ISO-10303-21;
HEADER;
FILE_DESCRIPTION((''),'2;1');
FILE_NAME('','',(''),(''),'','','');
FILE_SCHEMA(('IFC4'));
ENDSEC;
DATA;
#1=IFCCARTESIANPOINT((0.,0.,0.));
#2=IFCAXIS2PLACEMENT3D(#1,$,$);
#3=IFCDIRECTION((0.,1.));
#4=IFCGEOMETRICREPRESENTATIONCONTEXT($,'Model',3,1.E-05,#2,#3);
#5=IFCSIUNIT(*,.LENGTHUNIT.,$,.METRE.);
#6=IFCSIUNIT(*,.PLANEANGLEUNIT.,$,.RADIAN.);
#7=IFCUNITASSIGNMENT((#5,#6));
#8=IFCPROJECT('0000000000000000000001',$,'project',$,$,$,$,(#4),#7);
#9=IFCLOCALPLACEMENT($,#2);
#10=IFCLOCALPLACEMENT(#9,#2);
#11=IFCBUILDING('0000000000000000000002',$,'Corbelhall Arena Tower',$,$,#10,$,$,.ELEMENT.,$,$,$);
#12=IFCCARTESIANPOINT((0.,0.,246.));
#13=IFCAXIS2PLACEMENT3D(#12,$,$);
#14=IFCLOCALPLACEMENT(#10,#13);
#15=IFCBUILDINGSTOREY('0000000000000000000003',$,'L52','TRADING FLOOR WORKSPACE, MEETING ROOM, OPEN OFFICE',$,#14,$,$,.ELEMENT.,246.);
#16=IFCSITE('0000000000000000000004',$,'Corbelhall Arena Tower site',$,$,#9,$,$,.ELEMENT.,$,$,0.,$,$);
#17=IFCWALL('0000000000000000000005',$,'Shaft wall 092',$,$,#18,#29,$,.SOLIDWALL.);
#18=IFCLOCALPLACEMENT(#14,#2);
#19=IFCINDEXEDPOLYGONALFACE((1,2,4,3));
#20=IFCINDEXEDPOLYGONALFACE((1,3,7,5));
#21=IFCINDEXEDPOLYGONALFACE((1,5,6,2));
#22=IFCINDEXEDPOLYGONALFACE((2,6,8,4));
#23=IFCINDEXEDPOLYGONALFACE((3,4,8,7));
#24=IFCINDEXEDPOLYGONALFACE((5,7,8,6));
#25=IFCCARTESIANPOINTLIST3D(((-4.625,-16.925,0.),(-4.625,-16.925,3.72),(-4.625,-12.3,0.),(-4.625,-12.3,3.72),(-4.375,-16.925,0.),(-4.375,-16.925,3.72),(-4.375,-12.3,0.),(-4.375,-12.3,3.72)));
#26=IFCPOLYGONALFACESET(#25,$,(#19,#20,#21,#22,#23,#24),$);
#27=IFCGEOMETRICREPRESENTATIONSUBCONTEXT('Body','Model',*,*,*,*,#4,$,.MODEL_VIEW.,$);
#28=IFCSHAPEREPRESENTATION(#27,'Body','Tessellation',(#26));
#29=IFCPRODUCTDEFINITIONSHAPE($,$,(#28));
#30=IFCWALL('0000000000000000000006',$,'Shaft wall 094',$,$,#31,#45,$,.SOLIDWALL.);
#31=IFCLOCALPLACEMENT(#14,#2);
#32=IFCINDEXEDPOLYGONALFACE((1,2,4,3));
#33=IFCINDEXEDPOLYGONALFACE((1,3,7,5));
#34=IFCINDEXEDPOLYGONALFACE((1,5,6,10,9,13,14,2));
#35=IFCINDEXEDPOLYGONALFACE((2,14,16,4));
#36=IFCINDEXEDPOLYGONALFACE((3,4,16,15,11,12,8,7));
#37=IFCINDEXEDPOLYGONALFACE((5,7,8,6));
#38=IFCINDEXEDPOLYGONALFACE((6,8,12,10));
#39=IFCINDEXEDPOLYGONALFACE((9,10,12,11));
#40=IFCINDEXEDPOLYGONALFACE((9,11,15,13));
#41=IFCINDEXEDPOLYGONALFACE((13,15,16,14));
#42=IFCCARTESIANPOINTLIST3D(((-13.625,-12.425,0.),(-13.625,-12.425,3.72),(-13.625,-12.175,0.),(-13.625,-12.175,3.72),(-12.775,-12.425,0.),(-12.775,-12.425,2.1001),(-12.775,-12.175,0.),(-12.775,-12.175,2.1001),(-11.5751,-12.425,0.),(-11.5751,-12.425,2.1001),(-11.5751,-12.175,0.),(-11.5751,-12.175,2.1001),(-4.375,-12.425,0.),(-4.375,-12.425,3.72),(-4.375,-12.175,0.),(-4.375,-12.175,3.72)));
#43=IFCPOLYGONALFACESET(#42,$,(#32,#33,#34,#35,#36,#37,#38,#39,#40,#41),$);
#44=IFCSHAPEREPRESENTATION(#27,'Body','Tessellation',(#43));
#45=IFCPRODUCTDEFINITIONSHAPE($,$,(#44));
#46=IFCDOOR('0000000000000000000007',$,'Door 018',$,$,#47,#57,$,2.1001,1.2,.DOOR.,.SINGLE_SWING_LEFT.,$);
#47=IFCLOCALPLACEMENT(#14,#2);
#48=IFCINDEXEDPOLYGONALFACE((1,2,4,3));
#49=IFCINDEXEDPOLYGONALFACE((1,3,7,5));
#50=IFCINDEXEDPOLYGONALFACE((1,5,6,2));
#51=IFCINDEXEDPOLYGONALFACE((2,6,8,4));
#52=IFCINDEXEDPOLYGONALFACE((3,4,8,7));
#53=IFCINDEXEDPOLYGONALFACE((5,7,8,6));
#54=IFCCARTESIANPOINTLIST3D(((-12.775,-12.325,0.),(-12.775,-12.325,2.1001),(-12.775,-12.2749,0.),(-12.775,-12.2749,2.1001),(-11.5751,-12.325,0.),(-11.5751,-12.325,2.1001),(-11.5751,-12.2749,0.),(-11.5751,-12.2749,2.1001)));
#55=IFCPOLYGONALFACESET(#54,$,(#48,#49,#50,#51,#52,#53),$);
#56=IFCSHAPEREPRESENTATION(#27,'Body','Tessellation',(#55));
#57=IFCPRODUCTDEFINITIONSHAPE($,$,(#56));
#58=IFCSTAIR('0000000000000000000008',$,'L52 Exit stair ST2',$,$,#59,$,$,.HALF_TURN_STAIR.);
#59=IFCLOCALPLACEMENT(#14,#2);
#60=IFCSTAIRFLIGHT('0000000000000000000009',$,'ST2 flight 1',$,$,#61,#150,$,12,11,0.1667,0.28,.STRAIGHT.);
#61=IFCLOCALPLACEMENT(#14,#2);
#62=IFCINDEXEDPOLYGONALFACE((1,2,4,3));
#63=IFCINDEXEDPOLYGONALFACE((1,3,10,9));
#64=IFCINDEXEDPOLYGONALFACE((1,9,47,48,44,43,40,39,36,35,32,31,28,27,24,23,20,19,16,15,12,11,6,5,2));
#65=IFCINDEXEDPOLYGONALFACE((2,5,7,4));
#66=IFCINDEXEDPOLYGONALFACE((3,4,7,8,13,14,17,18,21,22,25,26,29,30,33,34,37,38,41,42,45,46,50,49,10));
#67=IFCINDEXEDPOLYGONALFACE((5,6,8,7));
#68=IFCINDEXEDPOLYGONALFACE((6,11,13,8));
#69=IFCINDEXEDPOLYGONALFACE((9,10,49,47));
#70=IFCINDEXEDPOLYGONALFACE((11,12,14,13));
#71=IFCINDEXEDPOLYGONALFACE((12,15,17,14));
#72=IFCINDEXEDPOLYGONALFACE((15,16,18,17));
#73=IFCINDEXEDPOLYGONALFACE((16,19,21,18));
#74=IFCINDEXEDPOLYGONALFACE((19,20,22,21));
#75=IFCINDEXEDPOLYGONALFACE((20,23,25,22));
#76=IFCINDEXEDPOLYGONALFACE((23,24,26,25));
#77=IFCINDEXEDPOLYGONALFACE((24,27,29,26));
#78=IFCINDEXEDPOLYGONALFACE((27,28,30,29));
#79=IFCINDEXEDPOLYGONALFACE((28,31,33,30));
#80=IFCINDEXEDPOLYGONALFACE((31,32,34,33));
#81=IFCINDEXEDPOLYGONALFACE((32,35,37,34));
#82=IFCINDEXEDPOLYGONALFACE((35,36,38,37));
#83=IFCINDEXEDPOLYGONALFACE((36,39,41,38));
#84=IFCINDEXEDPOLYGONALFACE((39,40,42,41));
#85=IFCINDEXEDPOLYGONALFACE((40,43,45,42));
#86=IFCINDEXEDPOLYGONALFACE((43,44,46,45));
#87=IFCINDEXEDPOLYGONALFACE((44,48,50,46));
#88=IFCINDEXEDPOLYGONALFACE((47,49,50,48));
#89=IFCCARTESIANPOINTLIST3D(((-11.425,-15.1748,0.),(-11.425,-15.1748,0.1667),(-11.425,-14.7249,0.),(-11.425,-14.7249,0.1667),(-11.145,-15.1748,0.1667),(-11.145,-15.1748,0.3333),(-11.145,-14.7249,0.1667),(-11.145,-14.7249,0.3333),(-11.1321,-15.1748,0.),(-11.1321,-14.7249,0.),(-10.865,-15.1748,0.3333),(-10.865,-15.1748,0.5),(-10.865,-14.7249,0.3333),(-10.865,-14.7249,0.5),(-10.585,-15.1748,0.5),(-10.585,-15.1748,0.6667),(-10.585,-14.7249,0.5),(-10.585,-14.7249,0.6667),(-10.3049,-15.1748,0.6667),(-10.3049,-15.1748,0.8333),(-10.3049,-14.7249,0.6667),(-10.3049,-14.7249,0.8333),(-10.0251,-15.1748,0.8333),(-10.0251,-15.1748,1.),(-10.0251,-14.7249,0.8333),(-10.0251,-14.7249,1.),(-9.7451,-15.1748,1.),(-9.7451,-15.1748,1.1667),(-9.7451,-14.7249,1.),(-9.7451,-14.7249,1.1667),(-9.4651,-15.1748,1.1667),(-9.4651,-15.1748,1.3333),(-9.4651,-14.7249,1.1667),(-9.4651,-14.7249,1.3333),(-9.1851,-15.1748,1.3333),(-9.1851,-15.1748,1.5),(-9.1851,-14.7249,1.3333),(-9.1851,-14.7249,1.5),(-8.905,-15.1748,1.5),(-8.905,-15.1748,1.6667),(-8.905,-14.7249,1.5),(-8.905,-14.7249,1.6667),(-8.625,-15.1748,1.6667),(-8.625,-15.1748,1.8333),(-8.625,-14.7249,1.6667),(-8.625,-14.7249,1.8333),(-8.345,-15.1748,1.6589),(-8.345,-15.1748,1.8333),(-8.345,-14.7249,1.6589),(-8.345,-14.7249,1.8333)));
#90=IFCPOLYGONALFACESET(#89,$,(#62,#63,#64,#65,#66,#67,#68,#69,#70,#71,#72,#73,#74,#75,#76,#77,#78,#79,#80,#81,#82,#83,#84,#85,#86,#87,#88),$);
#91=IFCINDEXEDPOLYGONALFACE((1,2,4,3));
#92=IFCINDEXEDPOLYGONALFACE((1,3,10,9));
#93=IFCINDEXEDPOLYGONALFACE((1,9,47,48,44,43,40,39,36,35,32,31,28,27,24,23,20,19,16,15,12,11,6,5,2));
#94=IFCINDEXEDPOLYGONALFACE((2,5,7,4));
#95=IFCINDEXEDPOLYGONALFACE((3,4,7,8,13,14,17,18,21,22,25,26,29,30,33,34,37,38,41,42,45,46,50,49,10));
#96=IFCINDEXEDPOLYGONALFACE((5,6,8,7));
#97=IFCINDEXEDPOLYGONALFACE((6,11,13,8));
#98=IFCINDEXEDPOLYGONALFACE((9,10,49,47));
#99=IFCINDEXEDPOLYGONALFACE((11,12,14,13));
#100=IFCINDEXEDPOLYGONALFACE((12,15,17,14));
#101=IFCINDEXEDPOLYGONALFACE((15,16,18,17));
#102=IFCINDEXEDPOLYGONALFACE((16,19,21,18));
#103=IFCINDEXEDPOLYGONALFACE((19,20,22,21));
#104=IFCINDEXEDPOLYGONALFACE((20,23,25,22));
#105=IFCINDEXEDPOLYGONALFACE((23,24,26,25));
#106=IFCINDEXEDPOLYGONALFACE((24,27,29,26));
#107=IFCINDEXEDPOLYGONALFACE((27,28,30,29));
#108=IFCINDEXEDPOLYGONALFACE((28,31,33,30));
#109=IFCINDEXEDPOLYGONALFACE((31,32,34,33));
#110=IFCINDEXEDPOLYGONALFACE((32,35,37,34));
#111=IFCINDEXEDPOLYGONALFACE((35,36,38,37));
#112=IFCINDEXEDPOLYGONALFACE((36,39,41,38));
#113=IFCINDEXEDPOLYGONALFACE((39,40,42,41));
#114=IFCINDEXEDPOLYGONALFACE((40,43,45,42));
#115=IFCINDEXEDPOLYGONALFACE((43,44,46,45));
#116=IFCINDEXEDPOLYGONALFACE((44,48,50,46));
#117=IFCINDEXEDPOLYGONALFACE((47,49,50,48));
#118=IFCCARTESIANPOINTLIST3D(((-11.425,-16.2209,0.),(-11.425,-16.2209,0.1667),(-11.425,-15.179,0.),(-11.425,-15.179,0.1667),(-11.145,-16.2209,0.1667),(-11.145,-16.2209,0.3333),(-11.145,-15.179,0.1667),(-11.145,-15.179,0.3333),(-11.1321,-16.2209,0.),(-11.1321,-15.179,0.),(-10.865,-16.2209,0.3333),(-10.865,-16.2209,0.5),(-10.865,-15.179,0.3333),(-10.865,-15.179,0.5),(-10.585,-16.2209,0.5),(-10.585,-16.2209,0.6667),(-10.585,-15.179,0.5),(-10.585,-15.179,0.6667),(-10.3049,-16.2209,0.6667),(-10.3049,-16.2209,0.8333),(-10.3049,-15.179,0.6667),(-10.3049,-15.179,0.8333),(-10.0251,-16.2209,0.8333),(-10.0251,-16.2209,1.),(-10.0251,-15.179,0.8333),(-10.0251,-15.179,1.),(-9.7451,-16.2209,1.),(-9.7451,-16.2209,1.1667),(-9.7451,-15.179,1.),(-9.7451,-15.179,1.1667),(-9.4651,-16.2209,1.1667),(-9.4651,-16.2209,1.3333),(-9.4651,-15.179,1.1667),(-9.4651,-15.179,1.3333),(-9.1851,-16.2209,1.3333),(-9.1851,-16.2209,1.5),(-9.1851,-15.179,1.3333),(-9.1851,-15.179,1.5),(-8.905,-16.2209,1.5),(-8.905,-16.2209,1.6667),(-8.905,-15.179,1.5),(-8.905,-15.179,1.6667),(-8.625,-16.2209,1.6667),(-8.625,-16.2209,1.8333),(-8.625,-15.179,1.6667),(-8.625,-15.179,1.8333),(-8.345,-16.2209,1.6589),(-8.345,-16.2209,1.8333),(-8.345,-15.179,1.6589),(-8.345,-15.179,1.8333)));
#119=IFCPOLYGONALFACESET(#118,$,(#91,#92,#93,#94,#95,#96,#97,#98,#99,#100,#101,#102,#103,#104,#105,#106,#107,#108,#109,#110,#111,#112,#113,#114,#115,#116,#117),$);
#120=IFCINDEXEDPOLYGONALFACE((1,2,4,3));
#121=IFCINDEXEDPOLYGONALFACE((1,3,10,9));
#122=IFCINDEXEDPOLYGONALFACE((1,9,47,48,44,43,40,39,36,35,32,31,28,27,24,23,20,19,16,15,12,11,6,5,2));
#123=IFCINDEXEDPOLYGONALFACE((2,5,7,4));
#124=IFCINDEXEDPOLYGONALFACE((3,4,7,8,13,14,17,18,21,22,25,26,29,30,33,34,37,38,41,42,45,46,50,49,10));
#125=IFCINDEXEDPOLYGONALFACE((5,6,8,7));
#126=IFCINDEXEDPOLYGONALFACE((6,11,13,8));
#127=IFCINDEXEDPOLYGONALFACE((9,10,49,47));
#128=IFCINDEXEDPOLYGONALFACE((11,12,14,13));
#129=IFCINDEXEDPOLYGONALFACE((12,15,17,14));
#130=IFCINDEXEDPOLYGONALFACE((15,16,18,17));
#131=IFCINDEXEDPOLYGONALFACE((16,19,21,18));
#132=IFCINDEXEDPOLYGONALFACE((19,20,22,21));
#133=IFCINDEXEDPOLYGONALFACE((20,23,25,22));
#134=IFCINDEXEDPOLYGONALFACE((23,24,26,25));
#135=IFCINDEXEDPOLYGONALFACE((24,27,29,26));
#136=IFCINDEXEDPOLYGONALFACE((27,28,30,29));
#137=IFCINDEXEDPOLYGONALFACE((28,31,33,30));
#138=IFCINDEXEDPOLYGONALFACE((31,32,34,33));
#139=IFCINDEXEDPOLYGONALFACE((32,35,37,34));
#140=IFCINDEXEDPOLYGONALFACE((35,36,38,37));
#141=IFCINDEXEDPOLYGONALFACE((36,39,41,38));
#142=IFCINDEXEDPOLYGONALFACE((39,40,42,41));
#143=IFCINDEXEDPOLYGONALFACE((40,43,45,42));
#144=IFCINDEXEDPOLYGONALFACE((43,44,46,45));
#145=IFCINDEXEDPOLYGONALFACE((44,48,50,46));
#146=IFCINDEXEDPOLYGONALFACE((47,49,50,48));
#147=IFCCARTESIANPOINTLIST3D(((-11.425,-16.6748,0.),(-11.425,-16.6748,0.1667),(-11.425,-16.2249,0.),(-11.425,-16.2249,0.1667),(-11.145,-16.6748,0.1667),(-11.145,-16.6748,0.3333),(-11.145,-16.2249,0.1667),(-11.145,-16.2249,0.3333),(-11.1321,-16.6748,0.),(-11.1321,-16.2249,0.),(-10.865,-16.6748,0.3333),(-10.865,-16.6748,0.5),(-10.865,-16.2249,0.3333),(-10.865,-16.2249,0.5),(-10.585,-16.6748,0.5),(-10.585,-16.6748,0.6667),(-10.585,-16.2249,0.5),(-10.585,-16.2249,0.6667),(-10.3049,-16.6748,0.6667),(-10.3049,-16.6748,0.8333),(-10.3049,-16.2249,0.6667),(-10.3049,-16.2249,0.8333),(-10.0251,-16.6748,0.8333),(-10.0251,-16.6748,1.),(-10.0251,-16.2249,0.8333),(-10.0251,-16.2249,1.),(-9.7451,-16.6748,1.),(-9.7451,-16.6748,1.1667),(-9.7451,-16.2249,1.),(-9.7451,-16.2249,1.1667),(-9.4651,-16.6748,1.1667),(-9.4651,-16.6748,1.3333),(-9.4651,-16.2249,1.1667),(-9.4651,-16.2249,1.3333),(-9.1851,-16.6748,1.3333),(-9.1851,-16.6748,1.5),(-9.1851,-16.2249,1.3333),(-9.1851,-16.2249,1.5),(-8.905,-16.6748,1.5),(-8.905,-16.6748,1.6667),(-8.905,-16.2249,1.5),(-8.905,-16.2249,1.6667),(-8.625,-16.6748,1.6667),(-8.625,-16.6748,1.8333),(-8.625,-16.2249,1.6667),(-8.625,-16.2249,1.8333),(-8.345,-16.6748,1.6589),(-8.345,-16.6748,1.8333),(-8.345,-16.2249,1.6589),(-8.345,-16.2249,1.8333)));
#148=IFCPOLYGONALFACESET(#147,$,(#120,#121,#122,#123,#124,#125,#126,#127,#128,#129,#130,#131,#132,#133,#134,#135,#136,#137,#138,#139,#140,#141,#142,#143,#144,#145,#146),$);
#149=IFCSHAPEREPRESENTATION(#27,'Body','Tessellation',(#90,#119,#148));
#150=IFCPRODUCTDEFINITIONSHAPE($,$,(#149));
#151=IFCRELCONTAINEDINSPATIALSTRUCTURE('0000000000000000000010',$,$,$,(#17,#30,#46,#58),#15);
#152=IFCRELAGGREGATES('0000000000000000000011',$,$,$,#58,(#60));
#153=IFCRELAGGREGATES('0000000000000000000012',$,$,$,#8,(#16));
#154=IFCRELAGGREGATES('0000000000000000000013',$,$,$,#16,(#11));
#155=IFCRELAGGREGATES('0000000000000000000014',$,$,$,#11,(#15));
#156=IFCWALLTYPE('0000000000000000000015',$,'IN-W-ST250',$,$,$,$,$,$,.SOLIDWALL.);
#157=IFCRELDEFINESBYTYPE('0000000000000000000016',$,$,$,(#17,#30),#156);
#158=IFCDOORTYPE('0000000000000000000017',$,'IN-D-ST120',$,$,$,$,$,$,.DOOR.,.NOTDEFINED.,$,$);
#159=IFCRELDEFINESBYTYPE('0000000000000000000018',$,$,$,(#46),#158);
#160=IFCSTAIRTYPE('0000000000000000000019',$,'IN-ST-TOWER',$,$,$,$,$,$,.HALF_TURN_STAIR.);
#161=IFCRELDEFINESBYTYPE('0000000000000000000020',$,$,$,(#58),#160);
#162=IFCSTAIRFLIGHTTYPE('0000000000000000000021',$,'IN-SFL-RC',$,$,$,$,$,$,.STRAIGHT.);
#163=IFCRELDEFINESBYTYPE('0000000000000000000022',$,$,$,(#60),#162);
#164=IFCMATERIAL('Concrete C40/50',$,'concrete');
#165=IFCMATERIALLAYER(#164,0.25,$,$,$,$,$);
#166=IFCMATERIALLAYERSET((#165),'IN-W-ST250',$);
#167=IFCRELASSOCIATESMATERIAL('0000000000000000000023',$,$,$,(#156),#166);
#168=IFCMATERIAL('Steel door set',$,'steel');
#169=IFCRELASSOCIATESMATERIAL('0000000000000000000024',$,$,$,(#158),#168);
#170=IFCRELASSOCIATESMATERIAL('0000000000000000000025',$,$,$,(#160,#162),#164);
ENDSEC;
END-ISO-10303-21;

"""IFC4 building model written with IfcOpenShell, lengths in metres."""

from ifc_helpers import new_model, si_unit, direction, frame, frame_2d, origin, place, context, subcontext, project, spatial, polyline, rectangle, outline, extrude, material, layer, layer_set, type_object, element, fill, aggregate, save


model = new_model("IFC4")

# Units and contexts
model_context = context("Model", 3, precision=1e-05, world=origin(), true_north=direction((0.0, 1.0)))
body_context = subcontext(model_context, "Body", "Model", "MODEL_VIEW")
ifc_project = project(units=[si_unit("LENGTHUNIT", "METRE"), si_unit("PLANEANGLEUNIT", "RADIAN")], contexts=[model_context])

# Site, building, storey
site_placement = place(None, origin())
site = spatial("IfcSite", under=ifc_project, at=site_placement, Name="Corbelhall Arena Tower site", CompositionType="ELEMENT", RefElevation=0.0)
building_placement = place(site_placement, origin())
building = spatial("IfcBuilding", under=site, at=building_placement, Name="Corbelhall Arena Tower", CompositionType="ELEMENT")
storey_placement = place(building_placement, frame((0.0, 0.0, 246.0)))
storey = spatial("IfcBuildingStorey", under=building, at=storey_placement, Name="L52", Description="TRADING FLOOR WORKSPACE, MEETING ROOM, OPEN OFFICE", CompositionType="ELEMENT", Elevation=246.0)

# Wall
ifc_material_1 = material(Name="Concrete C40/50", Category="concrete")
ifc_layer_1 = layer(ifc_material_1, 0.25)
ifc_layer_set_1 = layer_set([ifc_layer_1], Name="IN-W-ST250")
wall_type_1 = type_object("IfcWallType", Name="IN-W-ST250", PredefinedType="SOLIDWALL", material=ifc_layer_set_1)
wall_1_placement = place(storey_placement, frame((-4.5, -12.3, 0.0), z_axis=(0.0, 0.0, 1.0), x_axis=(0.0, -1.0, 0.0)))
element("IfcWall", 1, at=wall_1_placement, inside=storey, type_object=wall_type_1, Name="Shaft wall 092", PredefinedType="SOLIDWALL", context=body_context, shape_type="SweptSolid", body=[
    extrude(rectangle(XDim=4.625, YDim=0.25, at=frame_2d((2.3125, 0.0))), origin(), (0.0, 0.0, 1.0), 3.72),
])

# Wall, opening, door
wall_2_placement = place(storey_placement, frame((-4.375, -12.3, 0.0), z_axis=(0.0, 0.0, 1.0), x_axis=(-1.0, 0.0, 0.0)))
wall_2 = element("IfcWall", 2, at=wall_2_placement, inside=storey, type_object=wall_type_1, Name="Shaft wall 094", PredefinedType="SOLIDWALL", context=body_context, shape_type="SweptSolid", body=[
    extrude(rectangle(XDim=9.25, YDim=0.25, at=frame_2d((4.625, 0.0))), origin(), (0.0, 0.0, 1.0), 3.72),
])
opening_1_placement = place(wall_2_placement, frame((7.2, 0.0, 0.0)))
opening_1 = element("IfcOpeningElement", 3, at=opening_1_placement, cuts=wall_2, PredefinedType="OPENING", context=body_context, shape_type="SweptSolid", body=[
    extrude(rectangle(XDim=1.2, YDim=2.1001, at=frame_2d((0.6001, 1.05))), frame((0.0, 0.125, 0.0), z_axis=(0.0, -1.0, 0.0), x_axis=(1.0, 0.0, 0.0)), (0.0, 0.0, 1.0), 0.25),
])
ifc_material_2 = material(Name="Steel door set", Category="steel")
door_type = type_object("IfcDoorType", Name="IN-D-ST120", OperationType="NOTDEFINED", PredefinedType="DOOR", material=ifc_material_2)
door_placement = place(opening_1_placement, origin())
door = element("IfcDoor", 4, at=door_placement, inside=storey, type_object=door_type, Name="Door 018", OperationType="SINGLE_SWING_LEFT", OverallHeight=2.1001, OverallWidth=1.2, PredefinedType="DOOR", context=body_context, shape_type="SweptSolid", body=[
    extrude(rectangle(XDim=1.2, YDim=2.1001, at=frame_2d((0.6001, 1.05))), frame((0.0, 0.0249, 0.0), z_axis=(0.0, -1.0, 0.0), x_axis=(1.0, 0.0, 0.0)), (0.0, 0.0, 1.0), 0.05),
])
fill(opening_1, door)

# Stair, stair flight
stair_type = type_object("IfcStairType", Name="IN-ST-TOWER", PredefinedType="HALF_TURN_STAIR", material=ifc_material_1)
stair_placement = place(storey_placement, origin())
stair = element("IfcStair", 5, at=stair_placement, inside=storey, type_object=stair_type, Name="L52 Exit stair ST2", PredefinedType="HALF_TURN_STAIR")
stair_flight_type = type_object("IfcStairFlightType", Name="IN-SFL-RC", PredefinedType="STRAIGHT", material=ifc_material_1)
stair_flight_1_placement = place(storey_placement, frame((-11.425, -15.7, 0.0), z_axis=(0.0, 0.0, 1.0), x_axis=(1.0, 0.0, 0.0)))
stair_flight_1 = element("IfcStairFlight", 6, at=stair_flight_1_placement, type_object=stair_flight_type, Name="ST2 flight 1", NumberOfRisers=12, NumberOfTreads=11, PredefinedType="STRAIGHT", RiserHeight=0.1667, TreadLength=0.28, context=body_context, shape_type="SweptSolid", body=[
    extrude(outline(polyline([(0.0, 0.0), (0.0, 0.1667), (0.28, 0.1667), (0.28, 0.3333), (0.5601, 0.3333), (0.5601, 0.5), (0.8401, 0.5), (0.8401, 0.6667), (1.1201, 0.6667), (1.1201, 0.8333), (1.3999, 0.8333), (1.3999, 1.0), (1.6799, 1.0), (1.6799, 1.1667), (1.96, 1.1667), (1.96, 1.3333), (2.24, 1.3333), (2.24, 1.5), (2.52, 1.5), (2.52, 1.6667), (2.8, 1.6667), (2.8, 1.8333), (3.0801, 1.8333), (3.0801, 2.0), (3.0801, 1.6589), (0.293, 0.0), (0.0, 0.0)])), frame((0.0, 0.9751, 0.0), z_axis=(0.0, -1.0, 0.0), x_axis=(1.0, 0.0, 0.0)), (0.0, 0.0, 1.0), 0.45),
    extrude(outline(polyline([(0.0, 0.0), (0.0, 0.1667), (0.28, 0.1667), (0.28, 0.3333), (0.5601, 0.3333), (0.5601, 0.5), (0.8401, 0.5), (0.8401, 0.6667), (1.1201, 0.6667), (1.1201, 0.8333), (1.3999, 0.8333), (1.3999, 1.0), (1.6799, 1.0), (1.6799, 1.1667), (1.96, 1.1667), (1.96, 1.3333), (2.24, 1.3333), (2.24, 1.5), (2.52, 1.5), (2.52, 1.6667), (2.8, 1.6667), (2.8, 1.8333), (3.0801, 1.8333), (3.0801, 2.0), (3.0801, 1.6589), (0.293, 0.0), (0.0, 0.0)])), frame((0.0, 0.521, 0.0), z_axis=(0.0, -1.0, 0.0), x_axis=(1.0, 0.0, 0.0)), (0.0, 0.0, 1.0), 1.042),
    extrude(outline(polyline([(0.0, 0.0), (0.0, 0.1667), (0.28, 0.1667), (0.28, 0.3333), (0.5601, 0.3333), (0.5601, 0.5), (0.8401, 0.5), (0.8401, 0.6667), (1.1201, 0.6667), (1.1201, 0.8333), (1.3999, 0.8333), (1.3999, 1.0), (1.6799, 1.0), (1.6799, 1.1667), (1.96, 1.1667), (1.96, 1.3333), (2.24, 1.3333), (2.24, 1.5), (2.52, 1.5), (2.52, 1.6667), (2.8, 1.6667), (2.8, 1.8333), (3.0801, 1.8333), (3.0801, 2.0), (3.0801, 1.6589), (0.293, 0.0), (0.0, 0.0)])), frame((0.0, -0.5249, 0.0), z_axis=(0.0, -1.0, 0.0), x_axis=(1.0, 0.0, 0.0)), (0.0, 0.0, 1.0), 0.45),
])
aggregate(stair, [stair_flight_1])

save(model, "model.ifc")
